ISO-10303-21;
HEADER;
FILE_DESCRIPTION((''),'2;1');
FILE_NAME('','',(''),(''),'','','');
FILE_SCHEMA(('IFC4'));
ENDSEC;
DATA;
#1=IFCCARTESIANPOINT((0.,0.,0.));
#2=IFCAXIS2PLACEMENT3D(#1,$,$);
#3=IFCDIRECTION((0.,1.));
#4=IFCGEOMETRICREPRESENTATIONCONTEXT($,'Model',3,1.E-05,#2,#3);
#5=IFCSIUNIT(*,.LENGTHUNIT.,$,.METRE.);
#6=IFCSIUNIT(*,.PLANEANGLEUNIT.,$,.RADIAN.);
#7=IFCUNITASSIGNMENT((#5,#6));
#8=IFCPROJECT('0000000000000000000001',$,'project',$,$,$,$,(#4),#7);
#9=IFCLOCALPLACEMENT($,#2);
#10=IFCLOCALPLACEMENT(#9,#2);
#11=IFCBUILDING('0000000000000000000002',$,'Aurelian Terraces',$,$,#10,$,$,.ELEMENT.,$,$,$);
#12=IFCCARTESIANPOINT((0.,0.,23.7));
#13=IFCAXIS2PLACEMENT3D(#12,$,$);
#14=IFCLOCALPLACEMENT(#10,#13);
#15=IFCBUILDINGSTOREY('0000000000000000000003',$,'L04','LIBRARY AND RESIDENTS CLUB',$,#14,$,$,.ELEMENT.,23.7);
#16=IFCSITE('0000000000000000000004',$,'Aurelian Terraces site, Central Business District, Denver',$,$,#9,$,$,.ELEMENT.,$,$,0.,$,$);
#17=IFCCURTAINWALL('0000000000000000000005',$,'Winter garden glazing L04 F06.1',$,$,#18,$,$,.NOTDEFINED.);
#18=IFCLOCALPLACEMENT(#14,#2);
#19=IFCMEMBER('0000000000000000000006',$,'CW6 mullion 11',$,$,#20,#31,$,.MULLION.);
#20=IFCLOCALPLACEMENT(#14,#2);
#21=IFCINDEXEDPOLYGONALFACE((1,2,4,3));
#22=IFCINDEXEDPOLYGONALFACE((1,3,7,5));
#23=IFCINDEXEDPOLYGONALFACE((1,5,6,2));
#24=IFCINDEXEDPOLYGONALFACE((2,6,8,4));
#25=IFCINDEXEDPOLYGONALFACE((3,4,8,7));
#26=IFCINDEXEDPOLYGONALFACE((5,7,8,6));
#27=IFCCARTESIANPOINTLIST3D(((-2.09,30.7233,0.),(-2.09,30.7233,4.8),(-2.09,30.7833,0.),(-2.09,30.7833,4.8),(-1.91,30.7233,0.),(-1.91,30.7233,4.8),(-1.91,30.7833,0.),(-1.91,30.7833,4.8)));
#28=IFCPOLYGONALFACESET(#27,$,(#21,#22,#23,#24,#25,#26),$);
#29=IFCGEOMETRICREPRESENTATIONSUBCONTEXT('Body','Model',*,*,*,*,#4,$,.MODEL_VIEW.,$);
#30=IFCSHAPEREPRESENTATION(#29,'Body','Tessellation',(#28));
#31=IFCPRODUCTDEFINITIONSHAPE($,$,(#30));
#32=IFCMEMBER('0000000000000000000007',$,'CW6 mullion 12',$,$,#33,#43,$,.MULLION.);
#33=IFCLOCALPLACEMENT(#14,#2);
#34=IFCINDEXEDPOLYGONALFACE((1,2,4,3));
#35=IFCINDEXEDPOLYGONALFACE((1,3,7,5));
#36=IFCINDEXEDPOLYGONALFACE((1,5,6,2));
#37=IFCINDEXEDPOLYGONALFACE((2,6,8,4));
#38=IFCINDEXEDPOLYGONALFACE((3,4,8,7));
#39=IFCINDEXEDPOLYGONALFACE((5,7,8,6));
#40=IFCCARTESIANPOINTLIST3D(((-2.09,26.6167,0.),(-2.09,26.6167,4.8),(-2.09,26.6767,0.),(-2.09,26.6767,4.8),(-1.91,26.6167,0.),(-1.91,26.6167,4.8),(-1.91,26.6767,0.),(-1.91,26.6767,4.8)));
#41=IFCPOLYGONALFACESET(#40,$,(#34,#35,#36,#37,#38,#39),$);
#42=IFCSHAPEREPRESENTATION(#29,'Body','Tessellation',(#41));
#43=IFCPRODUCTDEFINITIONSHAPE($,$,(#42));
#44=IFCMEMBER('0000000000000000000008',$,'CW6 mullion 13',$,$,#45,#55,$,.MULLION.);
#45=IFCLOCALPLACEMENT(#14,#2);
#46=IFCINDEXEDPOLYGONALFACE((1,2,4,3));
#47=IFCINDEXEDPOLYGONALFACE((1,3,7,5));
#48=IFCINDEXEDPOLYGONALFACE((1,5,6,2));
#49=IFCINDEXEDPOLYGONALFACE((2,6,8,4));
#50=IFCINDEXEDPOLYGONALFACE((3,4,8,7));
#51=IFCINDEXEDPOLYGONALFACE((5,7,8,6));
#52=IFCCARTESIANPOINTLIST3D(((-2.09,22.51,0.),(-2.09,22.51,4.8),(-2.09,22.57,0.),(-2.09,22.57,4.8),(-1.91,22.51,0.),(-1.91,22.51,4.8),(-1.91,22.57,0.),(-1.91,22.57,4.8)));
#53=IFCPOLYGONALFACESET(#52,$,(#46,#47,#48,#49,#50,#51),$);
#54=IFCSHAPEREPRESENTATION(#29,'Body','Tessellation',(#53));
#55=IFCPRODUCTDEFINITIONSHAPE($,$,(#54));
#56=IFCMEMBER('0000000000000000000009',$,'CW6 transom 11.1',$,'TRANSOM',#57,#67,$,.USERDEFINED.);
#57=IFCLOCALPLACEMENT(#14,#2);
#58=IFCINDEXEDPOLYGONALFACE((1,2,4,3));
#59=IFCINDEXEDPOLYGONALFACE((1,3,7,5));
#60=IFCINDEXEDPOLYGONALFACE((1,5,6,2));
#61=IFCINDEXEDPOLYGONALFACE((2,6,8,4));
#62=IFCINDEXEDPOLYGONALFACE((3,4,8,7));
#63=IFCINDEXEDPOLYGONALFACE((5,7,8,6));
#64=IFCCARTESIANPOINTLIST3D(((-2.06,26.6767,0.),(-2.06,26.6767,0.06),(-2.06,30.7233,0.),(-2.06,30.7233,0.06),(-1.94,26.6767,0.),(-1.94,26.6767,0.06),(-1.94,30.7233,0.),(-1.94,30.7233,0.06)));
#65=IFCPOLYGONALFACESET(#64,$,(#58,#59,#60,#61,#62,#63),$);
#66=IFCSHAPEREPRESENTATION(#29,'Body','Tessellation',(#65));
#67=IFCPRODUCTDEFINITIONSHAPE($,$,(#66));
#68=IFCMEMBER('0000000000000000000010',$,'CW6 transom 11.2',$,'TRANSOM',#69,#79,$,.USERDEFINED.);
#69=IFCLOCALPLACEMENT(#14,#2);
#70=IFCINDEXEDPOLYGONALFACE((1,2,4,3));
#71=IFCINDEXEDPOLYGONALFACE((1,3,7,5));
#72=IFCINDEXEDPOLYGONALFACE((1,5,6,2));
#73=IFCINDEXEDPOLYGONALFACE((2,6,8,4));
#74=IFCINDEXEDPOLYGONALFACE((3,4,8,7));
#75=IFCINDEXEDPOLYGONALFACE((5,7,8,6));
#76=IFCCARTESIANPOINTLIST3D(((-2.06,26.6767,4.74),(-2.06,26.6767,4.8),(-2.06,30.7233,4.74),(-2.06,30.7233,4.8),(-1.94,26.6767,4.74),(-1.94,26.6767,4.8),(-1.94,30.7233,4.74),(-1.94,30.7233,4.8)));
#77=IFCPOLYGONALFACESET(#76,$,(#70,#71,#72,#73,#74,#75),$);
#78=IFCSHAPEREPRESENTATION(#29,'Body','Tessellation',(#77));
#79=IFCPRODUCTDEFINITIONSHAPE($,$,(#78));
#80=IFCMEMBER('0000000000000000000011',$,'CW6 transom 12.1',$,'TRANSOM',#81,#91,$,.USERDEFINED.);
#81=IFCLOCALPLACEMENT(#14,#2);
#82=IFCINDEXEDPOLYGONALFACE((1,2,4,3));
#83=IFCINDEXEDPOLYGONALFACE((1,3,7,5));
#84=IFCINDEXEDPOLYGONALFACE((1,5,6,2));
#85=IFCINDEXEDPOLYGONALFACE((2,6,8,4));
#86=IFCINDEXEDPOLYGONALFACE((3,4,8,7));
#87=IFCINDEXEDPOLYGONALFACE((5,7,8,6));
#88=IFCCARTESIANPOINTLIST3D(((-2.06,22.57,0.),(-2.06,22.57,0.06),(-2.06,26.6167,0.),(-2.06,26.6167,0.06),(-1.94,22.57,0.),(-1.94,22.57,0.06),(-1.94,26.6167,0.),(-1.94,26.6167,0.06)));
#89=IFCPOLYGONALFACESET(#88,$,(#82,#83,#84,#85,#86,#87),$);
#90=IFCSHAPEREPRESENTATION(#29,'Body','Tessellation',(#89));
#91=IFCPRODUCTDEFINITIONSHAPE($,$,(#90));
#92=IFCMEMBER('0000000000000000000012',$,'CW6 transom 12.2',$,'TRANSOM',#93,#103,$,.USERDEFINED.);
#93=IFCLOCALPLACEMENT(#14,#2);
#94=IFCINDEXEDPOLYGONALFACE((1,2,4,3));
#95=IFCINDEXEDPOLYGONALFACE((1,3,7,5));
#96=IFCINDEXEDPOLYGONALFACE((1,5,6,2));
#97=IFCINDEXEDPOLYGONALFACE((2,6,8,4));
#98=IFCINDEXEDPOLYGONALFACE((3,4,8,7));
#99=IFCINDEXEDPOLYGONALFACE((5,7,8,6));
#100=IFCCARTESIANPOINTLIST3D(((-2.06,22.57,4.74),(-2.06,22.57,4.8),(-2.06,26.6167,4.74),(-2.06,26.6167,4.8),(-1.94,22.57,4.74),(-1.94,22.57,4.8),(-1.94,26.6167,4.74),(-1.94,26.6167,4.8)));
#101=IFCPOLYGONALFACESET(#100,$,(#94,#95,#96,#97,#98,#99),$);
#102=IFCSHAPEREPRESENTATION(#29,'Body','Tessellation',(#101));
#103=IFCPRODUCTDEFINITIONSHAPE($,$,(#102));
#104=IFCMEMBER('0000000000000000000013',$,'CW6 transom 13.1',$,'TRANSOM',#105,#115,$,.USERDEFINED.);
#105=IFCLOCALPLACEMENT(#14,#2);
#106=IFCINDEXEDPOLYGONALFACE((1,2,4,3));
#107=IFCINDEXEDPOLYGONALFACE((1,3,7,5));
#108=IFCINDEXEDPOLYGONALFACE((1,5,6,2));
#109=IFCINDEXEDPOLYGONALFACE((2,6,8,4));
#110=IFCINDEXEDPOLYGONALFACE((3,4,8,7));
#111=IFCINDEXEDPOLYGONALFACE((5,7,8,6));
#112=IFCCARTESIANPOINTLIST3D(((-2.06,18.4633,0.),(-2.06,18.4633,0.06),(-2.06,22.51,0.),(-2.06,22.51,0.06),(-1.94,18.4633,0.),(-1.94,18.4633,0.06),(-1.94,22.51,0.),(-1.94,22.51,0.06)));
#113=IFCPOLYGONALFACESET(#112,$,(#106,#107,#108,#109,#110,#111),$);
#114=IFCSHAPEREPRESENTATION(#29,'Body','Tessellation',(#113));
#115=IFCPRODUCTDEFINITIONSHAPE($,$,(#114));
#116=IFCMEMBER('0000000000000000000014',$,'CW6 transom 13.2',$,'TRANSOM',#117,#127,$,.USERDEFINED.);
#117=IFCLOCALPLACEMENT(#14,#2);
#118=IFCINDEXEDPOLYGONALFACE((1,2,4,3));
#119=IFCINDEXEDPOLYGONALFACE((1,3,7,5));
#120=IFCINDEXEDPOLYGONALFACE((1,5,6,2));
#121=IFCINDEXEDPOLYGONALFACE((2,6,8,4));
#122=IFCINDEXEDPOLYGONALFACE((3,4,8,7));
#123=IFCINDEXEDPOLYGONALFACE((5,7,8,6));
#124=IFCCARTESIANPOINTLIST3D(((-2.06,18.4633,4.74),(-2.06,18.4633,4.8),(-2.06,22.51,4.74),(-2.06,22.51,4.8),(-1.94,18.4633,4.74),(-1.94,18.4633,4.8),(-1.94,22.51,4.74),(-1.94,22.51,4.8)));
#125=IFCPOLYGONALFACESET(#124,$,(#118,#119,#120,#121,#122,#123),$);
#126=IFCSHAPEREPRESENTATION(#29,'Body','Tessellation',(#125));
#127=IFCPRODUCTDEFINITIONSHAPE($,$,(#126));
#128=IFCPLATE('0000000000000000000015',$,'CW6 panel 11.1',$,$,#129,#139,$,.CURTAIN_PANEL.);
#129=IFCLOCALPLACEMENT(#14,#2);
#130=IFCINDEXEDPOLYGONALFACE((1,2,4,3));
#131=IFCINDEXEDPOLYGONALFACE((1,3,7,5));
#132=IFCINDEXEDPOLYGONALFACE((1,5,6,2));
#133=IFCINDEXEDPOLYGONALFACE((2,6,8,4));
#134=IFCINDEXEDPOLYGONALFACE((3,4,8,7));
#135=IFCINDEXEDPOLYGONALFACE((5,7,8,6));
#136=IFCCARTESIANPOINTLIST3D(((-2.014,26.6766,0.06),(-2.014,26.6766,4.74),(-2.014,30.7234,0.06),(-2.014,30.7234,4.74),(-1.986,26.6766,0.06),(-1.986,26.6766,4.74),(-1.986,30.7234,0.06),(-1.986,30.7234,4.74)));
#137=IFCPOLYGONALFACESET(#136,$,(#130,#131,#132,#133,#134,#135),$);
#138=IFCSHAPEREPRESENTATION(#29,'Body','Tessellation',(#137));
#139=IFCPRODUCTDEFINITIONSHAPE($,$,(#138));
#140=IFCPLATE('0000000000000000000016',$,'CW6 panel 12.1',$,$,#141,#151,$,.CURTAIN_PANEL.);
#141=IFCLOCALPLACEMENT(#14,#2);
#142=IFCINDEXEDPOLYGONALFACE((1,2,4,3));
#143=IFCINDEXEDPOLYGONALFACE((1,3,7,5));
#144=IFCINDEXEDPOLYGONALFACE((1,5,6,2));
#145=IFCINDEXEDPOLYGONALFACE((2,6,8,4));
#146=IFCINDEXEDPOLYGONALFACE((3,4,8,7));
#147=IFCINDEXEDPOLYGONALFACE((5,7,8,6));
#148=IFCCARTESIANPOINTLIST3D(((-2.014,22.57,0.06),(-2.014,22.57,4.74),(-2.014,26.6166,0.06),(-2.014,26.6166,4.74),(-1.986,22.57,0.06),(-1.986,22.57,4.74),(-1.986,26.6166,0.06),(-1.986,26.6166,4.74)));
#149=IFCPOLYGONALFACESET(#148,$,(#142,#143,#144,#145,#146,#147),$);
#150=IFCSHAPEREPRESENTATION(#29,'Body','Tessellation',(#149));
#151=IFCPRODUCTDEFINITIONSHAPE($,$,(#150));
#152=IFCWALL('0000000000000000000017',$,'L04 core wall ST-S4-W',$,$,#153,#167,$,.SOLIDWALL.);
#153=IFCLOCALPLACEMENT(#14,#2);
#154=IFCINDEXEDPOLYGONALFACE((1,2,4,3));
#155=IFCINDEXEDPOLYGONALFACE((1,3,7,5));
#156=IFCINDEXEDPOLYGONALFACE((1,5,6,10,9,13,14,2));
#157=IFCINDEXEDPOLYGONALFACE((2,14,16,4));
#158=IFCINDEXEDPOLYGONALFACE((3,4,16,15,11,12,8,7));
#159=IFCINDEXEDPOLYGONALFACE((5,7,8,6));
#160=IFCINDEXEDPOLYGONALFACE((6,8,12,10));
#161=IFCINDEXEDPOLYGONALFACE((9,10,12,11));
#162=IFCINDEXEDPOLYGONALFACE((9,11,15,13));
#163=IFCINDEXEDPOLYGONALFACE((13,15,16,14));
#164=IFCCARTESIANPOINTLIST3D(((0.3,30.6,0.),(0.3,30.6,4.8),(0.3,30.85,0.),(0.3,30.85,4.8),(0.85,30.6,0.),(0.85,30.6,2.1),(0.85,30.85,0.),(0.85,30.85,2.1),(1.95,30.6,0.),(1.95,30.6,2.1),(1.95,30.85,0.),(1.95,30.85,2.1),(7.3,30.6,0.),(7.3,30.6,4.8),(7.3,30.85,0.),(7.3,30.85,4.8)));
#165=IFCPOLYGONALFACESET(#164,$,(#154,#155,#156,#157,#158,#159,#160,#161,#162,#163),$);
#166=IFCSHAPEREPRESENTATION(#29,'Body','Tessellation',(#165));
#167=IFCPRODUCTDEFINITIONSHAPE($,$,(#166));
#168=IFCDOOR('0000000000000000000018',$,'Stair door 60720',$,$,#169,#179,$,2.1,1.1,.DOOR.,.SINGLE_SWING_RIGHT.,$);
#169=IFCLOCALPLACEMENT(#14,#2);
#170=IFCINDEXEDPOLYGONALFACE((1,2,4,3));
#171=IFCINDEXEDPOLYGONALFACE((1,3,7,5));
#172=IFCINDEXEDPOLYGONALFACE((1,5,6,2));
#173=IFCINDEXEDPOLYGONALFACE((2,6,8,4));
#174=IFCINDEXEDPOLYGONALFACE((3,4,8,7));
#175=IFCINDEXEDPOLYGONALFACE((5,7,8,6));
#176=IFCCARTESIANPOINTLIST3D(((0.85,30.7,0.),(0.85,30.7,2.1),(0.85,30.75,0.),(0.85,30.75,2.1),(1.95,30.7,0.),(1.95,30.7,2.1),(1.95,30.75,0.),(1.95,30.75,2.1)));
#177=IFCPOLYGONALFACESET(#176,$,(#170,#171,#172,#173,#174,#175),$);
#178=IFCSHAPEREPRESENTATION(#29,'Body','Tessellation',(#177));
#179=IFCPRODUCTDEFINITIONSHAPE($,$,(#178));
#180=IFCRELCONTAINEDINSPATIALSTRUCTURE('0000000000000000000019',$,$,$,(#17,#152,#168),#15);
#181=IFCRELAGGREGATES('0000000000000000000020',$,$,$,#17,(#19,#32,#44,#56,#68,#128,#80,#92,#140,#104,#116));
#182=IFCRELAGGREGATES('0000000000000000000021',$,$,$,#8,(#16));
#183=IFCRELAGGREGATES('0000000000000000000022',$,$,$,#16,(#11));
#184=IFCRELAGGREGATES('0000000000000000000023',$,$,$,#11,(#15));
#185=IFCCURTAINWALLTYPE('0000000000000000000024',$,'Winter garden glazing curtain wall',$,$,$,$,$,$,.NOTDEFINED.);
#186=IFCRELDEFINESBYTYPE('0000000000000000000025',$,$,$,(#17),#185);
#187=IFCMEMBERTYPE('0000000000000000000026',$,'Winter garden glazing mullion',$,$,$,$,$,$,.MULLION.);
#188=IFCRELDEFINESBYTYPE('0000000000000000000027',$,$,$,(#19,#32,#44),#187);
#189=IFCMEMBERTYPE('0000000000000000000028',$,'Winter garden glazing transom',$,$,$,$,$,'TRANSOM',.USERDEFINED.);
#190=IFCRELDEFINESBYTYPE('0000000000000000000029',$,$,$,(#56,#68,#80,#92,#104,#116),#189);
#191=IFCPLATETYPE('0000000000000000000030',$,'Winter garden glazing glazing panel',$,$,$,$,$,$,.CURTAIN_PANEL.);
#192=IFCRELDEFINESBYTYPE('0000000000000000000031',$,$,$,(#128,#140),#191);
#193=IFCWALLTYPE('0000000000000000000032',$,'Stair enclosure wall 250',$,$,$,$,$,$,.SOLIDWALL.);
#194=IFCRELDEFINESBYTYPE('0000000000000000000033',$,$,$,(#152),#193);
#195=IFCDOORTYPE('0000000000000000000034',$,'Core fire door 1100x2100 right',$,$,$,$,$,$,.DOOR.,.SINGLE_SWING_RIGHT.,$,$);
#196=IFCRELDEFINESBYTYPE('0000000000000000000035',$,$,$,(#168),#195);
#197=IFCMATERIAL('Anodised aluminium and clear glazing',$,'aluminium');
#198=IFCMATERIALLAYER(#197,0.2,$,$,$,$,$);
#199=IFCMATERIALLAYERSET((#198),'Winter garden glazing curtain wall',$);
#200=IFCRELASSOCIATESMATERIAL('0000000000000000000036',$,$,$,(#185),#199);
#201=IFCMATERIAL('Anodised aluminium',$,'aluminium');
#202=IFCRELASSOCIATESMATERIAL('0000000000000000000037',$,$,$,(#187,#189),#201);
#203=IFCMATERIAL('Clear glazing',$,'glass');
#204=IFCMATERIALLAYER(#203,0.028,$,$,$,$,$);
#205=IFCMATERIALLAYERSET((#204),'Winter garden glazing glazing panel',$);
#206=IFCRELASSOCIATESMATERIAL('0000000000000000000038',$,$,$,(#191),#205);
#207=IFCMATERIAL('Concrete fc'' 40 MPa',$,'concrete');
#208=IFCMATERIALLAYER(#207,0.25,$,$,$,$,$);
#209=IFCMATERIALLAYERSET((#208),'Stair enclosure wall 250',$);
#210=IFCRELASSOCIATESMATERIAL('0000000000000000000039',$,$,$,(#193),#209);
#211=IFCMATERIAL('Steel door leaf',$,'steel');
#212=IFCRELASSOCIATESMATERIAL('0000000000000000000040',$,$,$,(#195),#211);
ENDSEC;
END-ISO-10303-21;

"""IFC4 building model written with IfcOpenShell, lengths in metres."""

from ifc_helpers import new_model, si_unit, direction, frame, frame_2d, origin, origin_2d, place, context, subcontext, project, spatial, rectangle, extrude, source, transform, mapped, material, layer, layer_set, material_profile, profile_set, type_object, element, fill, aggregate, save


model = new_model("IFC4")

# Units and contexts
model_context = context("Model", 3, precision=1e-05, world=origin(), true_north=direction((0.0, 1.0)))
body_context = subcontext(model_context, "Body", "Model", "MODEL_VIEW")
ifc_project = project(units=[si_unit("LENGTHUNIT", "METRE"), si_unit("PLANEANGLEUNIT", "RADIAN")], contexts=[model_context])

# Site, building, storey
site_placement = place(None, origin())
site = spatial("IfcSite", under=ifc_project, at=site_placement, Name="Aurelian Terraces site, Central Business District, Denver", CompositionType="ELEMENT", RefElevation=0.0)
building_placement = place(site_placement, origin())
building = spatial("IfcBuilding", under=site, at=building_placement, Name="Aurelian Terraces", CompositionType="ELEMENT")
storey_placement = place(building_placement, frame((0.0, 0.0, 23.7)))
storey = spatial("IfcBuildingStorey", under=building, at=storey_placement, Name="L04", Description="LIBRARY AND RESIDENTS CLUB", CompositionType="ELEMENT", Elevation=23.7)

# Curtain wall, members, plates
ifc_material_1 = material(Name="Anodised aluminium and clear glazing", Category="aluminium")
ifc_layer_1 = layer(ifc_material_1, 0.2)
ifc_layer_set_1 = layer_set([ifc_layer_1], Name="Winter garden glazing curtain wall")
curtain_wall_type = type_object("IfcCurtainWallType", Name="Winter garden glazing curtain wall", PredefinedType="NOTDEFINED", material=ifc_layer_set_1)
curtain_wall_placement = place(storey_placement, origin())
curtain_wall = element("IfcCurtainWall", 1, at=curtain_wall_placement, inside=storey, type_object=curtain_wall_type, Name="Winter garden glazing L04 F06.1", PredefinedType="NOTDEFINED")
ifc_material_2 = material(Name="Anodised aluminium", Category="aluminium")
ifc_material_profile_1 = material_profile(ifc_material_2, rectangle(XDim=0.18, YDim=0.06, at=origin_2d()))
ifc_profile_set_1 = profile_set([ifc_material_profile_1], Name="Anodised aluminium")
member_type_1 = type_object("IfcMemberType", Name="Winter garden glazing mullion", PredefinedType="MULLION", material=ifc_profile_set_1)
shared_shape_1 = source(origin(), body_context, "Body", "SweptSolid", [
    extrude(rectangle(XDim=0.18, YDim=0.06, at=origin_2d()), origin(), (0.0, 0.0, 1.0), 4.8),
])
member_1_placement = place(storey_placement, frame((-2.0, 30.7533, 0.0), z_axis=(0.0, 0.0, 1.0), x_axis=(1.0, 0.0, 0.0)))
member_1 = element("IfcMember", 2, at=member_1_placement, type_object=member_type_1, Name="CW6 mullion 11", PredefinedType="MULLION", context=body_context, shape_type="MappedRepresentation", body=[
    mapped(shared_shape_1, transform((0.0, 0.0, 0.0), scale=1.0)),
])
member_2_placement = place(storey_placement, frame((-2.0, 26.6467, 0.0), z_axis=(0.0, 0.0, 1.0), x_axis=(1.0, 0.0, 0.0)))
member_2 = element("IfcMember", 3, at=member_2_placement, type_object=member_type_1, Name="CW6 mullion 12", PredefinedType="MULLION", context=body_context, shape_type="MappedRepresentation", body=[
    mapped(shared_shape_1, transform((0.0, 0.0, 0.0), scale=1.0)),
])
member_3_placement = place(storey_placement, frame((-2.0, 22.54, 0.0), z_axis=(0.0, 0.0, 1.0), x_axis=(1.0, 0.0, 0.0)))
member_3 = element("IfcMember", 4, at=member_3_placement, type_object=member_type_1, Name="CW6 mullion 13", PredefinedType="MULLION", context=body_context, shape_type="MappedRepresentation", body=[
    mapped(shared_shape_1, transform((0.0, 0.0, 0.0), scale=1.0)),
])
ifc_material_profile_2 = material_profile(ifc_material_2, rectangle(XDim=0.12, YDim=0.06, at=origin_2d()))
ifc_profile_set_2 = profile_set([ifc_material_profile_2], Name="Anodised aluminium")
member_type_2 = type_object("IfcMemberType", Name="Winter garden glazing transom", ElementType="TRANSOM", PredefinedType="USERDEFINED", material=ifc_profile_set_2)
shared_shape_2 = source(origin(), body_context, "Body", "SweptSolid", [
    extrude(rectangle(XDim=0.12, YDim=0.06, at=origin_2d()), origin(), (0.0, 0.0, 1.0), 4.0466),
])
member_4_placement = place(storey_placement, frame((-2.0, 30.7233, 0.03), z_axis=(0.0, -1.0, 0.0), x_axis=(1.0, 0.0, 0.0)))
member_4 = element("IfcMember", 5, at=member_4_placement, type_object=member_type_2, Name="CW6 transom 11.1", ObjectType="TRANSOM", PredefinedType="USERDEFINED", context=body_context, shape_type="MappedRepresentation", body=[
    mapped(shared_shape_2, transform((0.0, 0.0, 0.0), scale=1.0)),
])
member_5_placement = place(storey_placement, frame((-2.0, 30.7233, 4.77), z_axis=(0.0, -1.0, 0.0), x_axis=(1.0, 0.0, 0.0)))
member_5 = element("IfcMember", 6, at=member_5_placement, type_object=member_type_2, Name="CW6 transom 11.2", ObjectType="TRANSOM", PredefinedType="USERDEFINED", context=body_context, shape_type="MappedRepresentation", body=[
    mapped(shared_shape_2, transform((0.0, 0.0, 0.0), scale=1.0)),
])
shared_shape_3 = source(origin(), body_context, "Body", "SweptSolid", [
    extrude(rectangle(XDim=0.12, YDim=0.06, at=origin_2d()), origin(), (0.0, 0.0, 1.0), 4.0467),
])
member_6_placement = place(storey_placement, frame((-2.0, 26.6167, 0.03), z_axis=(0.0, -1.0, 0.0), x_axis=(1.0, 0.0, 0.0)))
member_6 = element("IfcMember", 7, at=member_6_placement, type_object=member_type_2, Name="CW6 transom 12.1", ObjectType="TRANSOM", PredefinedType="USERDEFINED", context=body_context, shape_type="MappedRepresentation", body=[
    mapped(shared_shape_3, transform((0.0, 0.0, 0.0), scale=1.0)),
])
member_7_placement = place(storey_placement, frame((-2.0, 26.6167, 4.77), z_axis=(0.0, -1.0, 0.0), x_axis=(1.0, 0.0, 0.0)))
member_7 = element("IfcMember", 8, at=member_7_placement, type_object=member_type_2, Name="CW6 transom 12.2", ObjectType="TRANSOM", PredefinedType="USERDEFINED", context=body_context, shape_type="MappedRepresentation", body=[
    mapped(shared_shape_3, transform((0.0, 0.0, 0.0), scale=1.0)),
])
member_8_placement = place(storey_placement, frame((-2.0, 22.51, 0.03), z_axis=(0.0, -1.0, 0.0), x_axis=(1.0, 0.0, 0.0)))
member_8 = element("IfcMember", 9, at=member_8_placement, type_object=member_type_2, Name="CW6 transom 13.1", ObjectType="TRANSOM", PredefinedType="USERDEFINED", context=body_context, shape_type="MappedRepresentation", body=[
    mapped(shared_shape_3, transform((0.0, 0.0, 0.0), scale=1.0)),
])
member_9_placement = place(storey_placement, frame((-2.0, 22.51, 4.77), z_axis=(0.0, -1.0, 0.0), x_axis=(1.0, 0.0, 0.0)))
member_9 = element("IfcMember", 10, at=member_9_placement, type_object=member_type_2, Name="CW6 transom 13.2", ObjectType="TRANSOM", PredefinedType="USERDEFINED", context=body_context, shape_type="MappedRepresentation", body=[
    mapped(shared_shape_3, transform((0.0, 0.0, 0.0), scale=1.0)),
])
ifc_material_3 = material(Name="Clear glazing", Category="glass")
ifc_layer_2 = layer(ifc_material_3, 0.028)
ifc_layer_set_2 = layer_set([ifc_layer_2], Name="Winter garden glazing glazing panel")
plate_type = type_object("IfcPlateType", Name="Winter garden glazing glazing panel", PredefinedType="CURTAIN_PANEL", material=ifc_layer_set_2)
shared_shape_4 = source(origin(), body_context, "Body", "SweptSolid", [
    extrude(rectangle(XDim=4.0467, YDim=0.028, at=origin_2d()), origin(), (0.0, 0.0, 1.0), 4.68),
])
plate_1_placement = place(storey_placement, frame((-2.0, 28.7, 0.06), z_axis=(0.0, 0.0, 1.0), x_axis=(0.0, -1.0, 0.0)))
plate_1 = element("IfcPlate", 11, at=plate_1_placement, type_object=plate_type, Name="CW6 panel 11.1", PredefinedType="CURTAIN_PANEL", context=body_context, shape_type="MappedRepresentation", body=[
    mapped(shared_shape_4, transform((0.0, 0.0, 0.0), scale=1.0)),
])
plate_2_placement = place(storey_placement, frame((-2.0, 24.5933, 0.06), z_axis=(0.0, 0.0, 1.0), x_axis=(0.0, -1.0, 0.0)))
plate_2 = element("IfcPlate", 12, at=plate_2_placement, type_object=plate_type, Name="CW6 panel 12.1", PredefinedType="CURTAIN_PANEL", context=body_context, shape_type="MappedRepresentation", body=[
    mapped(shared_shape_4, transform((0.0, 0.0, 0.0), scale=1.0)),
])
aggregate(curtain_wall, [member_1, member_2, member_3, member_4, member_5, plate_1, member_6, member_7, plate_2, member_8, member_9])

# Wall, opening, door
ifc_material_4 = material(Name="Concrete fc' 40 MPa", Category="concrete")
ifc_layer_3 = layer(ifc_material_4, 0.25)
ifc_layer_set_3 = layer_set([ifc_layer_3], Name="Stair enclosure wall 250")
wall_type_1 = type_object("IfcWallType", Name="Stair enclosure wall 250", PredefinedType="SOLIDWALL", material=ifc_layer_set_3)
shared_shape_5 = source(origin(), body_context, "Body", "SweptSolid", [
    extrude(rectangle(XDim=7.0, YDim=0.25, at=frame_2d((3.5, 0.0))), origin(), (0.0, 0.0, 1.0), 4.8),
])
wall_1_placement = place(storey_placement, frame((0.3, 30.725, 0.0), z_axis=(0.0, 0.0, 1.0), x_axis=(1.0, 0.0, 0.0)))
wall_1 = element("IfcWall", 13, at=wall_1_placement, inside=storey, type_object=wall_type_1, Name="L04 core wall ST-S4-W", PredefinedType="SOLIDWALL", context=body_context, shape_type="MappedRepresentation", body=[
    mapped(shared_shape_5, transform((0.0, 0.0, 0.0), scale=1.0)),
])
shared_shape_6 = source(origin(), body_context, "Body", "SweptSolid", [
    extrude(rectangle(XDim=1.1, YDim=2.1, at=frame_2d((0.55, 1.05))), frame((0.0, 0.135, 0.0), z_axis=(0.0, -1.0, 0.0), x_axis=(1.0, 0.0, 0.0)), (0.0, 0.0, 1.0), 0.27),
])
opening_placement = place(wall_1_placement, frame((0.55, 0.0, 0.0)))
opening = element("IfcOpeningElement", 14, at=opening_placement, cuts=wall_1, PredefinedType="OPENING", context=body_context, shape_type="MappedRepresentation", body=[
    mapped(shared_shape_6, transform((0.0, 0.0, 0.0), scale=1.0)),
])
ifc_material_5 = material(Name="Steel door leaf", Category="steel")
door_type = type_object("IfcDoorType", Name="Core fire door 1100x2100 right", OperationType="SINGLE_SWING_RIGHT", PredefinedType="DOOR", material=ifc_material_5)
shared_shape_7 = source(origin(), body_context, "Body", "SweptSolid", [
    extrude(rectangle(XDim=1.1, YDim=2.1, at=frame_2d((0.55, 1.05))), frame((0.0, 0.025, 0.0), z_axis=(0.0, -1.0, 0.0), x_axis=(1.0, 0.0, 0.0)), (0.0, 0.0, 1.0), 0.05),
])
door_placement = place(opening_placement, origin())
door = element("IfcDoor", 15, at=door_placement, inside=storey, type_object=door_type, Name="Stair door 60720", OperationType="SINGLE_SWING_RIGHT", OverallHeight=2.1, OverallWidth=1.1, PredefinedType="DOOR", context=body_context, shape_type="MappedRepresentation", body=[
    mapped(shared_shape_7, transform((0.0, 0.0, 0.0), scale=1.0)),
])
fill(opening, door)

save(model, "model.ifc")
